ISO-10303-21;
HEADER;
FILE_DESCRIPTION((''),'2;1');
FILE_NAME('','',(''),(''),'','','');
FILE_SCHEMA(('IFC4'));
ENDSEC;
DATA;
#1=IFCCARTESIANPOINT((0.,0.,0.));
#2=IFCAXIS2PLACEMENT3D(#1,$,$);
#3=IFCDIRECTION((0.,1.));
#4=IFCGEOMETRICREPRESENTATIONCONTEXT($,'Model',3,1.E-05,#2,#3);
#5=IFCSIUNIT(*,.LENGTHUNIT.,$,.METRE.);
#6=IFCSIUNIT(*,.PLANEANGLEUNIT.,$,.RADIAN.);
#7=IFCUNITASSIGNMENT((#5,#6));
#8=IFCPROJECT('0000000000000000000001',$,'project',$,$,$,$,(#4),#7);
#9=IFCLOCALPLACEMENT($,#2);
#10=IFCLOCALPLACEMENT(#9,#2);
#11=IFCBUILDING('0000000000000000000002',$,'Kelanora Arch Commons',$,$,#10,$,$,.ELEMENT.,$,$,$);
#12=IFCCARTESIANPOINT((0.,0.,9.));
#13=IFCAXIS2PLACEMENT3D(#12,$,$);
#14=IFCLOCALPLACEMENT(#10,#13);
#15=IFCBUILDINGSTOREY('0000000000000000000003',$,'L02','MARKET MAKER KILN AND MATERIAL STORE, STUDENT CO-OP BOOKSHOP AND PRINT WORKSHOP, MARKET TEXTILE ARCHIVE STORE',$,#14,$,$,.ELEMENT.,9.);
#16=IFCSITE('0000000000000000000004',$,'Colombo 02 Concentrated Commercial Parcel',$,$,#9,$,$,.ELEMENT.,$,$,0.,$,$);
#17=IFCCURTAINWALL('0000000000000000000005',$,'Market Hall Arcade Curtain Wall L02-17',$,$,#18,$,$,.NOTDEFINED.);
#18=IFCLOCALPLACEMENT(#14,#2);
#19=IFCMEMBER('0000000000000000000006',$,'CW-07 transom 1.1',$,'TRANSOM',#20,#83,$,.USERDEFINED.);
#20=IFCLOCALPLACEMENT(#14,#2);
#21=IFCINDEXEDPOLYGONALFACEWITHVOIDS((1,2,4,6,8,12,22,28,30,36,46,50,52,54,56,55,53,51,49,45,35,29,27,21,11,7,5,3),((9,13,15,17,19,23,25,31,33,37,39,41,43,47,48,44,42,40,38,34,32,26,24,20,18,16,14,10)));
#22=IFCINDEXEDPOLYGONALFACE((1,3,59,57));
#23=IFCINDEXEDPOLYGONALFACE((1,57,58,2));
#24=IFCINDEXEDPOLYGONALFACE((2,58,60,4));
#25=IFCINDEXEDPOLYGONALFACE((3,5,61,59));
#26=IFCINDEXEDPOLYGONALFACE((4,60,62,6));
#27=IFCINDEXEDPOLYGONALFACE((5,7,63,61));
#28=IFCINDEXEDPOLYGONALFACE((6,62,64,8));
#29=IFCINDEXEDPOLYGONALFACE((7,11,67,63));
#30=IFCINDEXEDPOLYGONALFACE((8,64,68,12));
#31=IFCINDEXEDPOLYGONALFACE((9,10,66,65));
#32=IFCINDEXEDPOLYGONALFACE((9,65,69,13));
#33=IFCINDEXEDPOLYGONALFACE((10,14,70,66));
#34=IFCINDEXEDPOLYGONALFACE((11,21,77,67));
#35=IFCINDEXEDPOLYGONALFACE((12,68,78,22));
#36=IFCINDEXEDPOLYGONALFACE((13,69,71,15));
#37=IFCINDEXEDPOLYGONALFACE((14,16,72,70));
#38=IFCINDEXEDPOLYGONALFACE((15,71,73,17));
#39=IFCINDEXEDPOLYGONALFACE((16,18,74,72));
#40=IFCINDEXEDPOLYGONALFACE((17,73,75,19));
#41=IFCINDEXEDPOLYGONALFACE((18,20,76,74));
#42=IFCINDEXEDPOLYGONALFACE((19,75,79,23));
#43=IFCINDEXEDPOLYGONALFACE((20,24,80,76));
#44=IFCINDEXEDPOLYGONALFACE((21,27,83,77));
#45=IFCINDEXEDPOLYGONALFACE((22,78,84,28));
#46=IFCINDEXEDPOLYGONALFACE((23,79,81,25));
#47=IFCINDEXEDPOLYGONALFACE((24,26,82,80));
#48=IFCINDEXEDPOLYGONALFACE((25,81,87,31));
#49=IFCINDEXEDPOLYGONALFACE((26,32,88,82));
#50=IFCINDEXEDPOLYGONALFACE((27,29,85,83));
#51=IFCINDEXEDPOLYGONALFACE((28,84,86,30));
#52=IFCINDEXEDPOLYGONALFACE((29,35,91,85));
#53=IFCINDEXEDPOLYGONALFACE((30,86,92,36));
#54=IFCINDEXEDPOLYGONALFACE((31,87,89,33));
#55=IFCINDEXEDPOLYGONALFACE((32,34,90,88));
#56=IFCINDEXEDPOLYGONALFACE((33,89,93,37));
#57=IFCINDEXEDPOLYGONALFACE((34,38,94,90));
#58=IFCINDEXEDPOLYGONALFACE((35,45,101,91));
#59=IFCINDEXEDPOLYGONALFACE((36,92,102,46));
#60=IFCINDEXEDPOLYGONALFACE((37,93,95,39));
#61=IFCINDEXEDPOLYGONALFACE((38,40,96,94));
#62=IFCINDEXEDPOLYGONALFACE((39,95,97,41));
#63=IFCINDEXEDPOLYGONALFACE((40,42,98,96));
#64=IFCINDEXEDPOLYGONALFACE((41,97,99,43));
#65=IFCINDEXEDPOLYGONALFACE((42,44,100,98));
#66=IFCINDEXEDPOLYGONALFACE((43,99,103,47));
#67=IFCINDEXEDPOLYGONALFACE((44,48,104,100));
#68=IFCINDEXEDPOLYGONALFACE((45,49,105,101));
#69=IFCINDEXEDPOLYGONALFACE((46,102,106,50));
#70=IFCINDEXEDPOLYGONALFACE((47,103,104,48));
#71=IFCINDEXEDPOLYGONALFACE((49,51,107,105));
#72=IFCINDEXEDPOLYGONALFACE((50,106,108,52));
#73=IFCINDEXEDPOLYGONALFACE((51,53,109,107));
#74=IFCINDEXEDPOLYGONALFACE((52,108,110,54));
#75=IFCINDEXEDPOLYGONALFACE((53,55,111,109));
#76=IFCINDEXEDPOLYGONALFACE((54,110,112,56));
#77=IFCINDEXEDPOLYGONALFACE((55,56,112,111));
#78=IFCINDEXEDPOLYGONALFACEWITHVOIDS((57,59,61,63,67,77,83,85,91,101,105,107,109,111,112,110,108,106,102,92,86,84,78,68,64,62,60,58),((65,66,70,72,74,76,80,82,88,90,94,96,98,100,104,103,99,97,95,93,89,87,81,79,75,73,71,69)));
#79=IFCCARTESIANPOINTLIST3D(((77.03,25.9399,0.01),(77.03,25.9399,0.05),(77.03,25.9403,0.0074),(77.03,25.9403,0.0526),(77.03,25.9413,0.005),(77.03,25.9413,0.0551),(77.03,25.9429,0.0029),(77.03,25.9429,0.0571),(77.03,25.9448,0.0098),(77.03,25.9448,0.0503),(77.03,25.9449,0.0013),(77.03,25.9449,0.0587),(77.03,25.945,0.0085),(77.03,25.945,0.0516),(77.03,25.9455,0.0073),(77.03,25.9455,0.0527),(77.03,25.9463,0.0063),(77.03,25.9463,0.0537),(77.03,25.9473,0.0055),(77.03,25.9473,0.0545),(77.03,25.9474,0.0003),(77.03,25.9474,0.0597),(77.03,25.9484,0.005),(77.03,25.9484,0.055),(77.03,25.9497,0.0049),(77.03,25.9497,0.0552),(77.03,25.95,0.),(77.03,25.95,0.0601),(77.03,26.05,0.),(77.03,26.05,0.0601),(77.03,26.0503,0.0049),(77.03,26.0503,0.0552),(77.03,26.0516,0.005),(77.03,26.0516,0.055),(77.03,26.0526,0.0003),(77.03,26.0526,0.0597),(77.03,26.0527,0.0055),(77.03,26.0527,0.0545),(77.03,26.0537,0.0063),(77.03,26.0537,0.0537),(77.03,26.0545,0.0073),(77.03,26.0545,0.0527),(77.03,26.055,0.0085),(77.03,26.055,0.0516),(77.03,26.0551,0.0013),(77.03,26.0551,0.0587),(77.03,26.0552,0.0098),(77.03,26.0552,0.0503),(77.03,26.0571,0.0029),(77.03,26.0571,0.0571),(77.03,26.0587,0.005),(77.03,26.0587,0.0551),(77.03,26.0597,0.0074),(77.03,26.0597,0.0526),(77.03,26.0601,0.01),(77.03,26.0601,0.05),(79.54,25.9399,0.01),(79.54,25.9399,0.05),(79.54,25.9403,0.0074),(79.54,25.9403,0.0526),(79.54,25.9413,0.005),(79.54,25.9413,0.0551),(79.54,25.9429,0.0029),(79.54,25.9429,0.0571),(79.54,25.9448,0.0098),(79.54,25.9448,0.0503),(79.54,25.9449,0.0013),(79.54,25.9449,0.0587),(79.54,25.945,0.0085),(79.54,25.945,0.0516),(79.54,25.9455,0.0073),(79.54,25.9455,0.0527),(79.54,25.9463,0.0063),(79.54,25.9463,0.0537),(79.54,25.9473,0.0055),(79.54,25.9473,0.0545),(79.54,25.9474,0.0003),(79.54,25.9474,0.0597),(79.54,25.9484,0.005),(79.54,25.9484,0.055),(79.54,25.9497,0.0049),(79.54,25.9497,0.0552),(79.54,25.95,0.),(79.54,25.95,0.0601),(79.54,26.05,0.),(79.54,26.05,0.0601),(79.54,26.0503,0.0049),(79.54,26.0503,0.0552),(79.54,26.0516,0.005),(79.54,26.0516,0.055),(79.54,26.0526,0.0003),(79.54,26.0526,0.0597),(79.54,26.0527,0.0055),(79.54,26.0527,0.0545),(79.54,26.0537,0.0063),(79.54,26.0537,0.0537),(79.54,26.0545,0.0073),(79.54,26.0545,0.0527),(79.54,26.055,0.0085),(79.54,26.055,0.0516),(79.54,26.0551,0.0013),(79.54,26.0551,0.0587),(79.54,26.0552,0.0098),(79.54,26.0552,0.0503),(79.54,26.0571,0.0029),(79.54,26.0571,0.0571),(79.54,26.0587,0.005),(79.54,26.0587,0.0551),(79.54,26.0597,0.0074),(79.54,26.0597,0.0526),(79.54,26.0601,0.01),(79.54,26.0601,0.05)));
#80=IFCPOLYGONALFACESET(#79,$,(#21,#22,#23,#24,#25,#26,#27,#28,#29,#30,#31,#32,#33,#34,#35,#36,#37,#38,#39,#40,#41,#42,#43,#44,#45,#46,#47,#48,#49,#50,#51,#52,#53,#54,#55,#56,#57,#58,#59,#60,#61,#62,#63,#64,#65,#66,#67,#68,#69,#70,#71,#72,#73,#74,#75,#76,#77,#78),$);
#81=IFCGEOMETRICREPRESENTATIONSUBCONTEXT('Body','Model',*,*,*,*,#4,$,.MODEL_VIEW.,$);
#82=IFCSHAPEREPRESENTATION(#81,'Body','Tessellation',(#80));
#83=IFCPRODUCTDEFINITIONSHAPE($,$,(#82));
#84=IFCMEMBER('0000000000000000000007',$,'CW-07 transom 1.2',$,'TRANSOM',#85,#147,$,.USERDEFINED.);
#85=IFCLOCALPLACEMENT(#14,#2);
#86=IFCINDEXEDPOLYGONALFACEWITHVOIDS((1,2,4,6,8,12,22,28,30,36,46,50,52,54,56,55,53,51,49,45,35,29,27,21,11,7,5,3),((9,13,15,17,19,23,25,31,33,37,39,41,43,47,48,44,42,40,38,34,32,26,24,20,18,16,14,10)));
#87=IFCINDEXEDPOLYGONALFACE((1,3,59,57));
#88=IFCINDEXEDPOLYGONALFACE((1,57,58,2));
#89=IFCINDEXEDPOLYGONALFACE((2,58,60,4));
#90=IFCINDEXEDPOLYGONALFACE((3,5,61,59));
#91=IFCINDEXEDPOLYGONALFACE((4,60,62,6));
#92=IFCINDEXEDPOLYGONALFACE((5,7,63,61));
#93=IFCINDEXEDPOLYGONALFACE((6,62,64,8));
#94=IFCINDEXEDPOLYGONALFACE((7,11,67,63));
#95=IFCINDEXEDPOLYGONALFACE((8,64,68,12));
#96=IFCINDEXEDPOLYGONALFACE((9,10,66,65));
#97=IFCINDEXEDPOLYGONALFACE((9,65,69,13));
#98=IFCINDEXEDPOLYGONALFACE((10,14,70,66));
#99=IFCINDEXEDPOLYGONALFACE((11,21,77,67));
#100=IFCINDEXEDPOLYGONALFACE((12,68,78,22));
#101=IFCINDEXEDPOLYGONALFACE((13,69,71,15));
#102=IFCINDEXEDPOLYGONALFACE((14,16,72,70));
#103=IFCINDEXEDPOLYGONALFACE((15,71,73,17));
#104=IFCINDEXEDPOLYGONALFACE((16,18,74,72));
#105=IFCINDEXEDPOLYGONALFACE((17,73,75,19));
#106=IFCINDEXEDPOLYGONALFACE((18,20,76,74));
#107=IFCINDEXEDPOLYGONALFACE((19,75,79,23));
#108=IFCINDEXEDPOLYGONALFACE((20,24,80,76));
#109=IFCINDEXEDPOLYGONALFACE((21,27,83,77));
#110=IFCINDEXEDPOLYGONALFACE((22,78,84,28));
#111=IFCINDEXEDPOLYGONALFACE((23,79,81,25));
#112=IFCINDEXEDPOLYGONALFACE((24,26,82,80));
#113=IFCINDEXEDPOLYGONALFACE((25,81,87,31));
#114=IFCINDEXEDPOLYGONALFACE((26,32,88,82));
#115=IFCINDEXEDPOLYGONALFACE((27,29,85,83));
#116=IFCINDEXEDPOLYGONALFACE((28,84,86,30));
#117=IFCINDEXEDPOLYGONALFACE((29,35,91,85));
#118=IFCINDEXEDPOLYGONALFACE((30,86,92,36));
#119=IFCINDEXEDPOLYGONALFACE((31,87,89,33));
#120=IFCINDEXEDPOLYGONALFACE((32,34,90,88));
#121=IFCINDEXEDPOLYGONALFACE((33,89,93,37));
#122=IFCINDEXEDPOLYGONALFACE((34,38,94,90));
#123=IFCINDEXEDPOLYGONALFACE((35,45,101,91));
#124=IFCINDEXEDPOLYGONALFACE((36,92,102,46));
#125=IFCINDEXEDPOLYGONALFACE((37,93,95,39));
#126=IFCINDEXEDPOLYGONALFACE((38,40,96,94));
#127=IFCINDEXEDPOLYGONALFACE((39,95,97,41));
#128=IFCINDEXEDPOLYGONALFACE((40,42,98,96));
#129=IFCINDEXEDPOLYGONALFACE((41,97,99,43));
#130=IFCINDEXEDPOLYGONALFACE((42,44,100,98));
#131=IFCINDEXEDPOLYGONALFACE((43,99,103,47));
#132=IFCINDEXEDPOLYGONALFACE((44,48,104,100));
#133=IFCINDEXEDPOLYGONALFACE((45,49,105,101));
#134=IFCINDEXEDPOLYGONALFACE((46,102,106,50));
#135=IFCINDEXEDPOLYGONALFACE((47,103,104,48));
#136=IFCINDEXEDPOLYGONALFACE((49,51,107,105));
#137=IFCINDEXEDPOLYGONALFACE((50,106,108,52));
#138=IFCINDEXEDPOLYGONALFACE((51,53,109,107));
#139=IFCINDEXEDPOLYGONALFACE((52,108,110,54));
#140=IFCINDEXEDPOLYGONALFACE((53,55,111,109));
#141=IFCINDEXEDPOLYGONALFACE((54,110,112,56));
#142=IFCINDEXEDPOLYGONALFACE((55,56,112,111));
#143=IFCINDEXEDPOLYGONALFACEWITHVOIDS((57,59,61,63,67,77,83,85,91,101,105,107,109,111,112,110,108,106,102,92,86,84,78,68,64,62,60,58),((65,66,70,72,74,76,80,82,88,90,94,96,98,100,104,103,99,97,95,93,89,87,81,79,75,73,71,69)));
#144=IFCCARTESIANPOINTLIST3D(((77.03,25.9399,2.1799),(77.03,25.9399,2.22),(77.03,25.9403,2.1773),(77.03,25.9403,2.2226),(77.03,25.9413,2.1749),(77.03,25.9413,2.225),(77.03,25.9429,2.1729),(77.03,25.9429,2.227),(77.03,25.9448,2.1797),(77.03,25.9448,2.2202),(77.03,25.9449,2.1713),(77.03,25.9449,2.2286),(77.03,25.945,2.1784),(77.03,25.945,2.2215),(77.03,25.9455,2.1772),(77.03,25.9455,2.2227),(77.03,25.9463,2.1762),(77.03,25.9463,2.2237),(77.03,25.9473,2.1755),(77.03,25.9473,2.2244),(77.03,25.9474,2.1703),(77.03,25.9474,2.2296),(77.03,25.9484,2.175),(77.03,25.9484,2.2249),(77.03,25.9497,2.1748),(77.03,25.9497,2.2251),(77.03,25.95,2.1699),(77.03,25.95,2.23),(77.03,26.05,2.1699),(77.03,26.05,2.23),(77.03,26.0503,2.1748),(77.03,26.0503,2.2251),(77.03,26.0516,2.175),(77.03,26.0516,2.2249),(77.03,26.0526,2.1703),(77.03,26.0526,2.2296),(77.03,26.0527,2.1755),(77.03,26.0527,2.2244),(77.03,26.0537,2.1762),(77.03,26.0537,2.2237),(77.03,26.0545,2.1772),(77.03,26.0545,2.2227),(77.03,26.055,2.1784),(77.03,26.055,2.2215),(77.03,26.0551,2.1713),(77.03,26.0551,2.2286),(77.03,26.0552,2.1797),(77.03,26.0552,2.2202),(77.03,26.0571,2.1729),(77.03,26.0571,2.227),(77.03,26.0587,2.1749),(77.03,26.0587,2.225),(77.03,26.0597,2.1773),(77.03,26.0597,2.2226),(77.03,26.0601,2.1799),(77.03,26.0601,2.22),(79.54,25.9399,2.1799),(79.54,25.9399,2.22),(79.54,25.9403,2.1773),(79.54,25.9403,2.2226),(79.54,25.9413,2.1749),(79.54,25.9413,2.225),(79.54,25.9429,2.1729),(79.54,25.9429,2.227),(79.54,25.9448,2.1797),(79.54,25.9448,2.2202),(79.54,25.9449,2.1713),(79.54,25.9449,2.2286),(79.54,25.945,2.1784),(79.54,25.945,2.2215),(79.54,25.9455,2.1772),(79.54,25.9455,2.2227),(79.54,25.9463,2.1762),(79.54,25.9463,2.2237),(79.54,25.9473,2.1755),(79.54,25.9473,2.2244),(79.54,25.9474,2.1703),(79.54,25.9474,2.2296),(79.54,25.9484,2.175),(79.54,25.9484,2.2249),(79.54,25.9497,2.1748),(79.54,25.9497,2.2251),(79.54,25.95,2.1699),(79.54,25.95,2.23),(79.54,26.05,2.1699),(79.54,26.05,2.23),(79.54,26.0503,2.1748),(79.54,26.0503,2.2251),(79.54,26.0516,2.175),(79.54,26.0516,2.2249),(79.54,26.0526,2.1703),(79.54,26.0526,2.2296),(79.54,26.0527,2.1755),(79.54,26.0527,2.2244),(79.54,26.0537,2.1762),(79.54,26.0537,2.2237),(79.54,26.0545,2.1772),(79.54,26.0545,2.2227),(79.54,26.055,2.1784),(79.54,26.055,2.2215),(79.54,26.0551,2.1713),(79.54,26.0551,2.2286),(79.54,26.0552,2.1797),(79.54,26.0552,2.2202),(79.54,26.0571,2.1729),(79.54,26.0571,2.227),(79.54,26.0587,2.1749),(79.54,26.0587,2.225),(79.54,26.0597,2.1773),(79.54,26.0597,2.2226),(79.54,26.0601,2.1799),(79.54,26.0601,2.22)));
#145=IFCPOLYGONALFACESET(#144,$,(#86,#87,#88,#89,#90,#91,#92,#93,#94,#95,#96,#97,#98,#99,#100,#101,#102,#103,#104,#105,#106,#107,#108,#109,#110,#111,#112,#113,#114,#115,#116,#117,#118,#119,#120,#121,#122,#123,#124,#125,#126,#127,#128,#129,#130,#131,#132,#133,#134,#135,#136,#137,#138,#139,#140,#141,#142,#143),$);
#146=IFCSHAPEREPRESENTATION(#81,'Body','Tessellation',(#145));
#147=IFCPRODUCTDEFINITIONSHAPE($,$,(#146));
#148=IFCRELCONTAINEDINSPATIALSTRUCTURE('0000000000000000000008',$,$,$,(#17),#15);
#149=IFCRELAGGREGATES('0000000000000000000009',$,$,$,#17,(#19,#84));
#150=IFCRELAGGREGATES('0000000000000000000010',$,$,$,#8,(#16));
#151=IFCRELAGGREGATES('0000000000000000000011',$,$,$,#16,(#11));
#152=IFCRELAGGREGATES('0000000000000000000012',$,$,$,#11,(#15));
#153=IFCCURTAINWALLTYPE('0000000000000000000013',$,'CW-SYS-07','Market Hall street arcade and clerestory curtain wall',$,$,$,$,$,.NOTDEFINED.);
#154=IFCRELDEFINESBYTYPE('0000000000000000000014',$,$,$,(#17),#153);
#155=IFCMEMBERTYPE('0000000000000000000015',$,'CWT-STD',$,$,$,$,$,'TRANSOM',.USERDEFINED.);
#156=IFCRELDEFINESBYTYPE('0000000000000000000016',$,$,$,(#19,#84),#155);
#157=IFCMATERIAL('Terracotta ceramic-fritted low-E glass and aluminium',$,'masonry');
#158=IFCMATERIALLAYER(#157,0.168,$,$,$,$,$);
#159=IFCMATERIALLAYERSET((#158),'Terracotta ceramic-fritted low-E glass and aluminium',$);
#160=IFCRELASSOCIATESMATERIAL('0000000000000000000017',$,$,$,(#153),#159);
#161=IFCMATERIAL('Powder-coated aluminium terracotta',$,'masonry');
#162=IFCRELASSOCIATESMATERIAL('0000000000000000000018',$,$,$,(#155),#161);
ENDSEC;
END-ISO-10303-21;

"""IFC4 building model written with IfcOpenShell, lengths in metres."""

from ifc_helpers import new_model, si_unit, direction, frame, origin, origin_2d, place, context, subcontext, project, spatial, hollow_rectangle, extrude, material, layer, layer_set, material_profile, profile_set, type_object, element, aggregate, save


model = new_model("IFC4")

# Units and contexts
model_context = context("Model", 3, precision=1e-05, world=origin(), true_north=direction((0.0, 1.0)))
body_context = subcontext(model_context, "Body", "Model", "MODEL_VIEW")
ifc_project = project(units=[si_unit("LENGTHUNIT", "METRE"), si_unit("PLANEANGLEUNIT", "RADIAN")], contexts=[model_context])

# Site, building, storey
site_placement = place(None, origin())
site = spatial("IfcSite", under=ifc_project, at=site_placement, Name="Colombo 02 Concentrated Commercial Parcel", CompositionType="ELEMENT", RefElevation=0.0)
building_placement = place(site_placement, origin())
building = spatial("IfcBuilding", under=site, at=building_placement, Name="Kelanora Arch Commons", CompositionType="ELEMENT")
storey_placement = place(building_placement, frame((0.0, 0.0, 9.0)))
storey = spatial("IfcBuildingStorey", under=building, at=storey_placement, Name="L02", Description="MARKET MAKER KILN AND MATERIAL STORE, STUDENT CO-OP BOOKSHOP AND PRINT WORKSHOP, MARKET TEXTILE ARCHIVE STORE", CompositionType="ELEMENT", Elevation=9.0)

# Curtain wall, members
ifc_material_1 = material(Name="Terracotta ceramic-fritted low-E glass and aluminium", Category="masonry")
ifc_layer_1 = layer(ifc_material_1, 0.168)
ifc_layer_set_1 = layer_set([ifc_layer_1], Name="Terracotta ceramic-fritted low-E glass and aluminium")
curtain_wall_type = type_object("IfcCurtainWallType", Name="CW-SYS-07", Description="Market Hall street arcade and clerestory curtain wall", PredefinedType="NOTDEFINED", material=ifc_layer_set_1)
curtain_wall_placement = place(storey_placement, origin())
curtain_wall = element("IfcCurtainWall", 1, at=curtain_wall_placement, inside=storey, type_object=curtain_wall_type, Name="Market Hall Arcade Curtain Wall L02-17", PredefinedType="NOTDEFINED")
ifc_material_2 = material(Name="Powder-coated aluminium terracotta", Category="masonry")
ifc_material_profile_1 = material_profile(ifc_material_2, hollow_rectangle(XDim=0.1201, YDim=0.0601, WallThickness=0.0049, InnerFilletRadius=0.0049, OuterFilletRadius=0.01, at=origin_2d()), Name="CWT120x60")
ifc_profile_set_1 = profile_set([ifc_material_profile_1], Name="Powder-coated aluminium terracotta")
member_type_1 = type_object("IfcMemberType", Name="CWT-STD", ElementType="TRANSOM", PredefinedType="USERDEFINED", material=ifc_profile_set_1)
member_1_placement = place(storey_placement, frame((79.54, 26.0, 0.03), z_axis=(-1.0, 0.0, 0.0), x_axis=(0.0, -1.0, 0.0)))
member_1 = element("IfcMember", 2, at=member_1_placement, type_object=member_type_1, Name="CW-07 transom 1.1", ObjectType="TRANSOM", PredefinedType="USERDEFINED", context=body_context, shape_type="SweptSolid", body=[
    extrude(hollow_rectangle(XDim=0.1201, YDim=0.0601, WallThickness=0.0049, InnerFilletRadius=0.0049, OuterFilletRadius=0.01, at=origin_2d()), origin(), (0.0, 0.0, 1.0), 2.51),
])
member_2_placement = place(storey_placement, frame((79.54, 26.0, 2.2), z_axis=(-1.0, 0.0, 0.0), x_axis=(0.0, -1.0, 0.0)))
member_2 = element("IfcMember", 3, at=member_2_placement, type_object=member_type_1, Name="CW-07 transom 1.2", ObjectType="TRANSOM", PredefinedType="USERDEFINED", context=body_context, shape_type="SweptSolid", body=[
    extrude(hollow_rectangle(XDim=0.1201, YDim=0.0601, WallThickness=0.0049, InnerFilletRadius=0.0049, OuterFilletRadius=0.01, at=origin_2d()), origin(), (0.0, 0.0, 1.0), 2.51),
])
aggregate(curtain_wall, [member_1, member_2])

save(model, "model.ifc")
